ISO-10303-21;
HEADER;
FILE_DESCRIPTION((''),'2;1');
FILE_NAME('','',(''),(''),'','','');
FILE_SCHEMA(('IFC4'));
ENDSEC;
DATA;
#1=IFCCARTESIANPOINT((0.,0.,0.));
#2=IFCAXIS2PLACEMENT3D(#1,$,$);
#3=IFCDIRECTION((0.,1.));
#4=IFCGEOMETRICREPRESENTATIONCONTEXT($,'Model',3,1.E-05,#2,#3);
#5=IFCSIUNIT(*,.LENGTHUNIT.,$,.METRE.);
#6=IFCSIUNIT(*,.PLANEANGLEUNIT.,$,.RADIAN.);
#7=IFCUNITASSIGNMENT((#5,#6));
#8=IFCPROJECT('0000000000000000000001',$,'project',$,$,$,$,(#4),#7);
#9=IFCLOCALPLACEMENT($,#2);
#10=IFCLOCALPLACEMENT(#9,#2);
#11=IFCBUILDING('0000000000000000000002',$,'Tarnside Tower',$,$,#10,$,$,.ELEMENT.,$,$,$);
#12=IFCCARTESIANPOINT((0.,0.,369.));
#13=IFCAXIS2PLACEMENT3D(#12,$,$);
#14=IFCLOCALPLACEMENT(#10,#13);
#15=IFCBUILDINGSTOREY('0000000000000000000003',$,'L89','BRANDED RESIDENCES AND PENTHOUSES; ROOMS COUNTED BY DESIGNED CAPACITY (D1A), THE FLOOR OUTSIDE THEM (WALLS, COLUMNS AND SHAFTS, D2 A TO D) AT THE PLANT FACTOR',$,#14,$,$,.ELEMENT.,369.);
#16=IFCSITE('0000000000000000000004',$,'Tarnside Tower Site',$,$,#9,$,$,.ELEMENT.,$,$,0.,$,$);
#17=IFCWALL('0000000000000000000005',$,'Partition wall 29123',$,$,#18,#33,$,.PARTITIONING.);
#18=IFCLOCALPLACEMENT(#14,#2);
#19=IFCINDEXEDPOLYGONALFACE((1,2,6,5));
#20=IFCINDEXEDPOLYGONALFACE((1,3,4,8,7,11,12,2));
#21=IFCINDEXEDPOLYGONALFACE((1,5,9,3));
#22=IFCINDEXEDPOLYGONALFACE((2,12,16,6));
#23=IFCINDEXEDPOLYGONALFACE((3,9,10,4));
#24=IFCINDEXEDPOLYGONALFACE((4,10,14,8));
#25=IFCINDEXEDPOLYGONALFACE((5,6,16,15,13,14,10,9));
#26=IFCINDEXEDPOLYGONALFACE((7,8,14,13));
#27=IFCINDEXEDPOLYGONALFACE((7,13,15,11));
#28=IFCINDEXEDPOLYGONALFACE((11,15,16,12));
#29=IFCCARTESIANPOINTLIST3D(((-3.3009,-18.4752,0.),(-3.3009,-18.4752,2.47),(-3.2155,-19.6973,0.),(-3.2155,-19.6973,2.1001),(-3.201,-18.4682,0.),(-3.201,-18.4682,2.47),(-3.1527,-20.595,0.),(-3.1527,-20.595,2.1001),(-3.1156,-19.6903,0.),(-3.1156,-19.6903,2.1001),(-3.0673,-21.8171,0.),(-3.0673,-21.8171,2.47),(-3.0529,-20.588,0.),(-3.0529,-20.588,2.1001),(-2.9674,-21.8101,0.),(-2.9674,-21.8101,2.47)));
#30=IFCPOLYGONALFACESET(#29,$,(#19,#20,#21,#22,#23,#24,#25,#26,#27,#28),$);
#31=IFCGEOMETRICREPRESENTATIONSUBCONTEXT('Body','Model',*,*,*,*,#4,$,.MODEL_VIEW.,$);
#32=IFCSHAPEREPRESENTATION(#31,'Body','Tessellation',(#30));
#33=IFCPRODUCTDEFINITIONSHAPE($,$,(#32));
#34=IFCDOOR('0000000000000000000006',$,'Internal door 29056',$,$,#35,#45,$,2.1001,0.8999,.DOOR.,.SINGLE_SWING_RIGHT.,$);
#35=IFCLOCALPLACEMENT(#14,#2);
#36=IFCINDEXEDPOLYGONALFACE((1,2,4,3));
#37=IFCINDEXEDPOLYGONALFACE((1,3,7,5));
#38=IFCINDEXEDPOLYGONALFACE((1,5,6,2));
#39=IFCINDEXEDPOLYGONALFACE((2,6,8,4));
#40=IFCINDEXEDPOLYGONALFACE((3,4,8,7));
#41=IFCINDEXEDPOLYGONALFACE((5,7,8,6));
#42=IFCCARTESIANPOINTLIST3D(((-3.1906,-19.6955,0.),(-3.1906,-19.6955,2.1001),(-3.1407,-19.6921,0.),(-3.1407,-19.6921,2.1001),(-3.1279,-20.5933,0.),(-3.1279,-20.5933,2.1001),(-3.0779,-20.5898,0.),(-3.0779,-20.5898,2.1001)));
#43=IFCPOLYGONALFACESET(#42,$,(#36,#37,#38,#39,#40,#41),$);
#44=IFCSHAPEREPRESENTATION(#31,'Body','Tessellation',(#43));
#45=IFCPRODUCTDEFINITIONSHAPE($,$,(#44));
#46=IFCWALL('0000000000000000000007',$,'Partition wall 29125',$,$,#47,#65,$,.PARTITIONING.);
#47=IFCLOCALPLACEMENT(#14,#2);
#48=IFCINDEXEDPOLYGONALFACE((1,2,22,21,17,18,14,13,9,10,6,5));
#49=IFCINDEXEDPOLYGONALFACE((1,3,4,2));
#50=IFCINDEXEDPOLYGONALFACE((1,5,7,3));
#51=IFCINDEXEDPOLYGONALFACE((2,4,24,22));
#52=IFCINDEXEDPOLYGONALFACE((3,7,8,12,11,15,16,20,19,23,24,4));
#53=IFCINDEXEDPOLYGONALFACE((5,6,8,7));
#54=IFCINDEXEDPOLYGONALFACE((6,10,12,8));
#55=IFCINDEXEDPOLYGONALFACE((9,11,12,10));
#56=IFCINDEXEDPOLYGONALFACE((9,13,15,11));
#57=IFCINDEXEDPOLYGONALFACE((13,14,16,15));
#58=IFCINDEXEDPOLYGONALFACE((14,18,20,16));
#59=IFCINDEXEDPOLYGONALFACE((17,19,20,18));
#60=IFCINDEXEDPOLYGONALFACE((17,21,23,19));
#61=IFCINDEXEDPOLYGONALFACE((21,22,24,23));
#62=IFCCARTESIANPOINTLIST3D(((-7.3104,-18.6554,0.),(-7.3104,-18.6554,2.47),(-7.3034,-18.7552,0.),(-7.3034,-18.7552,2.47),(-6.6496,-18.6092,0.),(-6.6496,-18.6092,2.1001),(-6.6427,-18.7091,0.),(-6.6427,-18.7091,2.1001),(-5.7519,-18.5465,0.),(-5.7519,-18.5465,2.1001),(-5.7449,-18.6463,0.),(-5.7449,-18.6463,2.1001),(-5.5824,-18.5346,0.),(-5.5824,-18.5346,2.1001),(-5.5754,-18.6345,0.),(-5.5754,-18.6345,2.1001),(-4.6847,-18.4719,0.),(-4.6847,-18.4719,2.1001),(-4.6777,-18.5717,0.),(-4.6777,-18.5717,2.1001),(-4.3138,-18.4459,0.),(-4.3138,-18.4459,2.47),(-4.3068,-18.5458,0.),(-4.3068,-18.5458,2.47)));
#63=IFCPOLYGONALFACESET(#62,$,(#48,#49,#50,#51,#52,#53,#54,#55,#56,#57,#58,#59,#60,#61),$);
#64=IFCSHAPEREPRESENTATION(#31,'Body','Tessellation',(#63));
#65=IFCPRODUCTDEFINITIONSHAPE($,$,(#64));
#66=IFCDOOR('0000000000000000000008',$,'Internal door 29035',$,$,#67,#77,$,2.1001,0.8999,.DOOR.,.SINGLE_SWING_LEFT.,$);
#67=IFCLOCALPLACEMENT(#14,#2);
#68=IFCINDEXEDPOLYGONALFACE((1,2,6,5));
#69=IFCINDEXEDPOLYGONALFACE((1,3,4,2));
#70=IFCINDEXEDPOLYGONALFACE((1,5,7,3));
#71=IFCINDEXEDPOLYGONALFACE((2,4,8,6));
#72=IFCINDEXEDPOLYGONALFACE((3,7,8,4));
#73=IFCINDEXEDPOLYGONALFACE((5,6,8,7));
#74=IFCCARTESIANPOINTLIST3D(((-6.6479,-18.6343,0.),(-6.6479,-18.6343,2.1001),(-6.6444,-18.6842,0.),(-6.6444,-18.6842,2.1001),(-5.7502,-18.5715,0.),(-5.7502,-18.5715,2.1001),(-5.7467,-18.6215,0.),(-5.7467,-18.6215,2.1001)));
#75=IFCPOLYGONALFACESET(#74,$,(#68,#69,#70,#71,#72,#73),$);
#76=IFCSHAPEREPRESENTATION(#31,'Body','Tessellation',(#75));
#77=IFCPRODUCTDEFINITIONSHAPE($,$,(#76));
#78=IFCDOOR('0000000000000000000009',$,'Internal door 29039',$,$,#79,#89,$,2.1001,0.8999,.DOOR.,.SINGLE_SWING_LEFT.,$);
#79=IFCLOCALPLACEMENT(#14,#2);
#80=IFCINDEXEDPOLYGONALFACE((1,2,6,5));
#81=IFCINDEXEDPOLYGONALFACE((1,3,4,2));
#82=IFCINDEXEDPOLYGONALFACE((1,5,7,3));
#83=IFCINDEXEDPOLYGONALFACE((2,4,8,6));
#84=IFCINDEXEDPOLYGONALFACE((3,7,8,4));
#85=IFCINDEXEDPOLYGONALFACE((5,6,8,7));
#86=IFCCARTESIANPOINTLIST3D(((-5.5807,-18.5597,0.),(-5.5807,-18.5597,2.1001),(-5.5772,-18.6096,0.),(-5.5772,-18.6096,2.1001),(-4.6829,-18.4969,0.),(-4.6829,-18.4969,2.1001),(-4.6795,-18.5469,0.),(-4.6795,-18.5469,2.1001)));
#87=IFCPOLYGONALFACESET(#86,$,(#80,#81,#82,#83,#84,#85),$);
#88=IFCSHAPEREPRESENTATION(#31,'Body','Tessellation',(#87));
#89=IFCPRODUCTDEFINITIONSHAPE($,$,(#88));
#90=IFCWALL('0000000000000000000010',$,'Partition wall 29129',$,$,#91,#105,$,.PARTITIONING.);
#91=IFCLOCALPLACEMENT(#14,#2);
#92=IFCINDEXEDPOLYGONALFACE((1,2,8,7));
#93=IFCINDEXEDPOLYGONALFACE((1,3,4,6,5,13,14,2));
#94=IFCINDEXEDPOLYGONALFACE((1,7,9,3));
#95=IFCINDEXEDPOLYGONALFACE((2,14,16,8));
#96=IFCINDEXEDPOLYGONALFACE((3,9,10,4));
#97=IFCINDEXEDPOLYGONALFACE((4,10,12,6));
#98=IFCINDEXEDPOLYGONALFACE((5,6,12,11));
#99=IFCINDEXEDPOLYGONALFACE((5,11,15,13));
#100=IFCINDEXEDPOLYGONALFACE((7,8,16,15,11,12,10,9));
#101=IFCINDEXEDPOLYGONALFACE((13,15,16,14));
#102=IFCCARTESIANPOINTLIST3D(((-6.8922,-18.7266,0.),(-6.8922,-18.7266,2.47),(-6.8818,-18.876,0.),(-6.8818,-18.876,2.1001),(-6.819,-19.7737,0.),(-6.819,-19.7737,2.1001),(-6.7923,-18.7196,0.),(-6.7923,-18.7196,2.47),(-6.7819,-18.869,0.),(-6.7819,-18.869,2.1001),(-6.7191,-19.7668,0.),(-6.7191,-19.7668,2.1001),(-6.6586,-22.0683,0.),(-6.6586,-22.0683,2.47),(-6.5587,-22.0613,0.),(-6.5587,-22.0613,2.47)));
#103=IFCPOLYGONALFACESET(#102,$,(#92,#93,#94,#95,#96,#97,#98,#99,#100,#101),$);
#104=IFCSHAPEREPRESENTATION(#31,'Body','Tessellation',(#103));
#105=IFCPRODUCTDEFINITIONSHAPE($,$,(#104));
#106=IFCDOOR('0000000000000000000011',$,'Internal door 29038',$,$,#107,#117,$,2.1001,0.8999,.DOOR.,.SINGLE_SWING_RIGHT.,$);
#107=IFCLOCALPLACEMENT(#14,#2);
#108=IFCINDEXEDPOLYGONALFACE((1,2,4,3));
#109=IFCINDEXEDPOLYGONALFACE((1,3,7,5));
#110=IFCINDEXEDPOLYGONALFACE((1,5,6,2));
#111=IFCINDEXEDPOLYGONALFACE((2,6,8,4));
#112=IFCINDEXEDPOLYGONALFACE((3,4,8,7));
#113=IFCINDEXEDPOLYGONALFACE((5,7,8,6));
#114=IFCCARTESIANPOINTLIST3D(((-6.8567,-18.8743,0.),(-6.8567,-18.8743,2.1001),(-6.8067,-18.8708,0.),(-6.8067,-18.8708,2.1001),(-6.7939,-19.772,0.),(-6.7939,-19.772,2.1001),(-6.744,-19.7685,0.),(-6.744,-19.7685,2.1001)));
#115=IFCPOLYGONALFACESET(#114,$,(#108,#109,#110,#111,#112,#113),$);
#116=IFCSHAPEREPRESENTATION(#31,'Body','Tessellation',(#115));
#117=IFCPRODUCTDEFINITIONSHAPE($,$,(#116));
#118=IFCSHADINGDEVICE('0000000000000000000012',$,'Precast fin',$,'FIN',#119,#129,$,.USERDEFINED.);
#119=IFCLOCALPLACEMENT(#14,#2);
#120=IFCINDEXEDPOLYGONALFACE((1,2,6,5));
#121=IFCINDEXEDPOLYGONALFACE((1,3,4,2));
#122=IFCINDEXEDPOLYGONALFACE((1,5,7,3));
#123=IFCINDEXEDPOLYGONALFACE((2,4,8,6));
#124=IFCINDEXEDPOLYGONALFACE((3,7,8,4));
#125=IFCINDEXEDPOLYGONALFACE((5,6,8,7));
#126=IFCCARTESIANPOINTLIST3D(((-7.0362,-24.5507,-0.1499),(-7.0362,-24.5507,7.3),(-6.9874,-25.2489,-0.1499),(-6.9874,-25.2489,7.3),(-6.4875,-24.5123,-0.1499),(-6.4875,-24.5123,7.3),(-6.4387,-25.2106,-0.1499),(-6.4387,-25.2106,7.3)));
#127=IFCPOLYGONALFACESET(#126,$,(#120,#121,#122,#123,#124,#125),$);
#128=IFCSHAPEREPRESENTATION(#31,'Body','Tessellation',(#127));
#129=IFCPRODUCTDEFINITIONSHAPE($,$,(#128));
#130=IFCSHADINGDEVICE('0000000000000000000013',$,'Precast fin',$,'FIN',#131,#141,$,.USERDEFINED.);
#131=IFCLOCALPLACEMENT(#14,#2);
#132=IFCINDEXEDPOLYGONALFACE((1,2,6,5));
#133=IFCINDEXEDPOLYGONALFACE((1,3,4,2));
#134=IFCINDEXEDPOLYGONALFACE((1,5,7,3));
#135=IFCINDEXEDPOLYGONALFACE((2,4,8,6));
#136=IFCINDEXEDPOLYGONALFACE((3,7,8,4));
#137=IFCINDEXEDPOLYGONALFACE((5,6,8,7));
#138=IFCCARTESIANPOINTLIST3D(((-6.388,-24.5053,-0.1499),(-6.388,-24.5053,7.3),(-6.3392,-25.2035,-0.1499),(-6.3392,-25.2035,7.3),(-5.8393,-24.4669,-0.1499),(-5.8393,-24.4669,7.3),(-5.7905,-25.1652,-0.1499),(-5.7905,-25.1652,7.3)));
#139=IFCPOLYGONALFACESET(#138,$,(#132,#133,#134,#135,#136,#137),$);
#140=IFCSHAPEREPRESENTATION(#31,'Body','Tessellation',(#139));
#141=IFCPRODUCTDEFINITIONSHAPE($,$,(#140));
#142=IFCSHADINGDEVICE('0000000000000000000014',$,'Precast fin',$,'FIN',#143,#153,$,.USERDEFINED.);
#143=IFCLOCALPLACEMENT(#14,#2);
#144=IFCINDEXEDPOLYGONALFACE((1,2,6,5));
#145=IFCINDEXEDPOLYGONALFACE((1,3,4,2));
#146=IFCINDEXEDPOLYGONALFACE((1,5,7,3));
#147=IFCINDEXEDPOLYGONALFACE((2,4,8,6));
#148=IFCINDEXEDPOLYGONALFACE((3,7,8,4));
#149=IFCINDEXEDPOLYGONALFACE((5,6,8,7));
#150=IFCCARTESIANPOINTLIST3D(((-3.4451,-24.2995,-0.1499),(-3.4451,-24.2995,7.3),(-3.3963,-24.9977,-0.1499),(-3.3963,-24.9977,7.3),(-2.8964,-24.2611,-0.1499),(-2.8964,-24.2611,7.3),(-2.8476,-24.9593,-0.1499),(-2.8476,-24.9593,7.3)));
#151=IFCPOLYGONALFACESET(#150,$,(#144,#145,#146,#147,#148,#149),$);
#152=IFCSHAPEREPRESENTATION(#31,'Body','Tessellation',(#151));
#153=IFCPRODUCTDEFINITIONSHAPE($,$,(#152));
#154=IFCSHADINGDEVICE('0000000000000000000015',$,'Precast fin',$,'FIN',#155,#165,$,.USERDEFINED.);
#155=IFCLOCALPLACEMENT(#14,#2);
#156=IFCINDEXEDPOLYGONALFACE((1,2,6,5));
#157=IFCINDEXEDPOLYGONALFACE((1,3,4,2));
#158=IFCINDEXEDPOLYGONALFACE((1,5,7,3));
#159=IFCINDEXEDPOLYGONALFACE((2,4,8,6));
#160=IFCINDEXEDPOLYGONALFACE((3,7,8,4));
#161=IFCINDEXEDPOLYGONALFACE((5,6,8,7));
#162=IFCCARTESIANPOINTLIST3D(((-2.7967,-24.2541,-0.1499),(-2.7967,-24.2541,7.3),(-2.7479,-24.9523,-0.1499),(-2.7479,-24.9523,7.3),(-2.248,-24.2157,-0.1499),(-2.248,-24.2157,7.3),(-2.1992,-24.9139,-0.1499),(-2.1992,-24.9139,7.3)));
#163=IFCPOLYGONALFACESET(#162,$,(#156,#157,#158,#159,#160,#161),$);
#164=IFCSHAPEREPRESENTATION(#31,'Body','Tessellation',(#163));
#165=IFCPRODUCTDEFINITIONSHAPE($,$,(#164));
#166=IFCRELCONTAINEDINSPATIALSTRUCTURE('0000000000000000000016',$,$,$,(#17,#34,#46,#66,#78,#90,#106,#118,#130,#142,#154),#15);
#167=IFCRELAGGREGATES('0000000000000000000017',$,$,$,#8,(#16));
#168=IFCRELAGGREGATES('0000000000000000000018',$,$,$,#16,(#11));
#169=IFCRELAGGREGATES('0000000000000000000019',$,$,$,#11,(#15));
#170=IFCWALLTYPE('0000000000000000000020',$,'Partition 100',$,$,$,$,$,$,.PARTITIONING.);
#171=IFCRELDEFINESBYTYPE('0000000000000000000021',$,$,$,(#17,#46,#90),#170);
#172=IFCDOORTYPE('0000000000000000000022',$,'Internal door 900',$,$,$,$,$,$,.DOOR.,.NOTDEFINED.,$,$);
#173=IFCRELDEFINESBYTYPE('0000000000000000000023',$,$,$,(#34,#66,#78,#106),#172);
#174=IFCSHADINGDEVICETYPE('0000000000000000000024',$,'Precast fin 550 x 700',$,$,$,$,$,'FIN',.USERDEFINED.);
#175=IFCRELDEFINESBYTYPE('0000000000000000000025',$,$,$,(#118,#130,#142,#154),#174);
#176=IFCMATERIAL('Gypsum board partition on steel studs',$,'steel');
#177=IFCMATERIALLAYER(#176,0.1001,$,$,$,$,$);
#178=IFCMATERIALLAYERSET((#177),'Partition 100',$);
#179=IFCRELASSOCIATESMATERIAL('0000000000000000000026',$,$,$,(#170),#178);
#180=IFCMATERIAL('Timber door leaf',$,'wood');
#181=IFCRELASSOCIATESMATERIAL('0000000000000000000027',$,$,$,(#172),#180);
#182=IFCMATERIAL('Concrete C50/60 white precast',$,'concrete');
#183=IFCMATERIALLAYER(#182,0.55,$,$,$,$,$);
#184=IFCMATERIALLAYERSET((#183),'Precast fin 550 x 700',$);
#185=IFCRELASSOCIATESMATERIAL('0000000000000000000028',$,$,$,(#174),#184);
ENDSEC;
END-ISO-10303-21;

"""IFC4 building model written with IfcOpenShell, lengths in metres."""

from ifc_helpers import new_model, si_unit, direction, frame, frame_2d, origin, place, context, subcontext, project, spatial, polyline, rectangle, outline, extrude, material, layer, layer_set, type_object, element, fill, save


model = new_model("IFC4")

# Units and contexts
model_context = context("Model", 3, precision=1e-05, world=origin(), true_north=direction((0.0, 1.0)))
body_context = subcontext(model_context, "Body", "Model", "MODEL_VIEW")
ifc_project = project(units=[si_unit("LENGTHUNIT", "METRE"), si_unit("PLANEANGLEUNIT", "RADIAN")], contexts=[model_context])

# Site, building, storey
site_placement = place(None, origin())
site = spatial("IfcSite", under=ifc_project, at=site_placement, Name="Tarnside Tower Site", CompositionType="ELEMENT", RefElevation=0.0)
building_placement = place(site_placement, origin())
building = spatial("IfcBuilding", under=site, at=building_placement, Name="Tarnside Tower", CompositionType="ELEMENT")
storey_placement = place(building_placement, frame((0.0, 0.0, 369.0)))
storey = spatial("IfcBuildingStorey", under=building, at=storey_placement, Name="L89", Description="BRANDED RESIDENCES AND PENTHOUSES; ROOMS COUNTED BY DESIGNED CAPACITY (D1A), THE FLOOR OUTSIDE THEM (WALLS, COLUMNS AND SHAFTS, D2 A TO D) AT THE PLANT FACTOR", CompositionType="ELEMENT", Elevation=369.0)

# Shared definitions
ifc_material_1 = material(Name="Gypsum board partition on steel studs", Category="steel")

# Wall, opening, door
ifc_layer_1 = layer(ifc_material_1, 0.1001)
ifc_layer_set_1 = layer_set([ifc_layer_1], Name="Partition 100")
wall_type_1 = type_object("IfcWallType", Name="Partition 100", PredefinedType="PARTITIONING", material=ifc_layer_set_1)
wall_1_placement = place(storey_placement, frame((-3.251, -18.4717, 0.0), z_axis=(0.0, 0.0, 1.0), x_axis=(0.06974, -0.997565, 0.0)))
wall_1 = element("IfcWall", 1, at=wall_1_placement, inside=storey, type_object=wall_type_1, Name="Partition wall 29123", PredefinedType="PARTITIONING", context=body_context, shape_type="SweptSolid", body=[
    extrude(rectangle(XDim=3.3501, YDim=0.1001, at=frame_2d((1.675, 0.0))), origin(), (0.0, 0.0, 1.0), 2.47),
])
opening_1_placement = place(wall_1_placement, frame((1.2251, 0.0, 0.0)))
opening_1 = element("IfcOpeningElement", 2, at=opening_1_placement, cuts=wall_1, PredefinedType="OPENING", context=body_context, shape_type="SweptSolid", body=[
    extrude(rectangle(XDim=0.8999, YDim=2.1001, at=frame_2d((0.45, 1.05))), frame((0.0, 0.0601, 0.0), z_axis=(0.0, -1.0, 0.0), x_axis=(1.0, 0.0, 0.0)), (0.0, 0.0, 1.0), 0.1201),
])
ifc_material_2 = material(Name="Timber door leaf", Category="wood")
door_type = type_object("IfcDoorType", Name="Internal door 900", OperationType="NOTDEFINED", PredefinedType="DOOR", material=ifc_material_2)
door_1_placement = place(opening_1_placement, origin())
door_1 = element("IfcDoor", 3, at=door_1_placement, inside=storey, type_object=door_type, Name="Internal door 29056", OperationType="SINGLE_SWING_RIGHT", OverallHeight=2.1001, OverallWidth=0.8999, PredefinedType="DOOR", context=body_context, shape_type="SweptSolid", body=[
    extrude(rectangle(XDim=0.8999, YDim=2.1001, at=frame_2d((0.45, 1.05))), frame((0.0, 0.0249, 0.0), z_axis=(0.0, -1.0, 0.0), x_axis=(1.0, 0.0, 0.0)), (0.0, 0.0, 1.0), 0.05),
])
fill(opening_1, door_1)

# Wall, openings, doors
wall_2_placement = place(storey_placement, frame((-7.3069, -18.7053, 0.0), z_axis=(0.0, 0.0, 1.0), x_axis=(0.997566, 0.069734, 0.0)))
wall_2 = element("IfcWall", 4, at=wall_2_placement, inside=storey, type_object=wall_type_1, Name="Partition wall 29125", PredefinedType="PARTITIONING", context=body_context, shape_type="SweptSolid", body=[
    extrude(rectangle(XDim=3.0039, YDim=0.1001, at=frame_2d((1.502, 0.0))), origin(), (0.0, 0.0, 1.0), 2.47),
])
opening_2_placement = place(wall_2_placement, frame((0.6624, 0.0, 0.0)))
opening_2 = element("IfcOpeningElement", 5, at=opening_2_placement, cuts=wall_2, PredefinedType="OPENING", context=body_context, shape_type="SweptSolid", body=[
    extrude(rectangle(XDim=0.8999, YDim=2.1001, at=frame_2d((0.45, 1.05))), frame((0.0, 0.0601, 0.0), z_axis=(0.0, -1.0, 0.0), x_axis=(1.0, 0.0, 0.0)), (0.0, 0.0, 1.0), 0.1201),
])
opening_3_placement = place(wall_2_placement, frame((1.7322, 0.0, 0.0)))
opening_3 = element("IfcOpeningElement", 6, at=opening_3_placement, cuts=wall_2, PredefinedType="OPENING", context=body_context, shape_type="SweptSolid", body=[
    extrude(rectangle(XDim=0.8999, YDim=2.1001, at=frame_2d((0.45, 1.05))), frame((0.0, 0.0601, 0.0), z_axis=(0.0, -1.0, 0.0), x_axis=(1.0, 0.0, 0.0)), (0.0, 0.0, 1.0), 0.1201),
])
door_2_placement = place(opening_2_placement, origin())
door_2 = element("IfcDoor", 7, at=door_2_placement, inside=storey, type_object=door_type, Name="Internal door 29035", OperationType="SINGLE_SWING_LEFT", OverallHeight=2.1001, OverallWidth=0.8999, PredefinedType="DOOR", context=body_context, shape_type="SweptSolid", body=[
    extrude(rectangle(XDim=0.8999, YDim=2.1001, at=frame_2d((0.45, 1.05))), frame((0.0, 0.0249, 0.0), z_axis=(0.0, -1.0, 0.0), x_axis=(1.0, 0.0, 0.0)), (0.0, 0.0, 1.0), 0.05),
])
fill(opening_2, door_2)
door_3_placement = place(opening_3_placement, origin())
door_3 = element("IfcDoor", 8, at=door_3_placement, inside=storey, type_object=door_type, Name="Internal door 29039", OperationType="SINGLE_SWING_LEFT", OverallHeight=2.1001, OverallWidth=0.8999, PredefinedType="DOOR", context=body_context, shape_type="SweptSolid", body=[
    extrude(rectangle(XDim=0.8999, YDim=2.1001, at=frame_2d((0.45, 1.05))), frame((0.0, 0.0249, 0.0), z_axis=(0.0, -1.0, 0.0), x_axis=(1.0, 0.0, 0.0)), (0.0, 0.0, 1.0), 0.05),
])
fill(opening_3, door_3)

# Wall, opening, door
wall_3_placement = place(storey_placement, frame((-6.6086, -22.0647, 0.0), z_axis=(0.0, 0.0, 1.0), x_axis=(-0.069745, 0.997565, 0.0)))
wall_3 = element("IfcWall", 9, at=wall_3_placement, inside=storey, type_object=wall_type_1, Name="Partition wall 29129", PredefinedType="PARTITIONING", context=body_context, shape_type="SweptSolid", body=[
    extrude(rectangle(XDim=3.3499, YDim=0.1001, at=frame_2d((1.6748, 0.0))), origin(), (0.0, 0.0, 1.0), 2.47),
])
opening_4_placement = place(wall_3_placement, frame((2.3, 0.0, 0.0)))
opening_4 = element("IfcOpeningElement", 10, at=opening_4_placement, cuts=wall_3, PredefinedType="OPENING", context=body_context, shape_type="SweptSolid", body=[
    extrude(rectangle(XDim=0.8999, YDim=2.1001, at=frame_2d((0.45, 1.05))), frame((0.0, 0.0601, 0.0), z_axis=(0.0, -1.0, 0.0), x_axis=(1.0, 0.0, 0.0)), (0.0, 0.0, 1.0), 0.1201),
])
door_4_placement = place(opening_4_placement, origin())
door_4 = element("IfcDoor", 11, at=door_4_placement, inside=storey, type_object=door_type, Name="Internal door 29038", OperationType="SINGLE_SWING_RIGHT", OverallHeight=2.1001, OverallWidth=0.8999, PredefinedType="DOOR", context=body_context, shape_type="SweptSolid", body=[
    extrude(rectangle(XDim=0.8999, YDim=2.1001, at=frame_2d((0.45, 1.05))), frame((0.0, 0.0249, 0.0), z_axis=(0.0, -1.0, 0.0), x_axis=(1.0, 0.0, 0.0)), (0.0, 0.0, 1.0), 0.05),
])
fill(opening_4, door_4)

# Shading devices
ifc_material_3 = material(Name="Concrete C50/60 white precast", Category="concrete")
ifc_layer_2 = layer(ifc_material_3, 0.55)
ifc_layer_set_2 = layer_set([ifc_layer_2], Name="Precast fin 550 x 700")
shading_device_type = type_object("IfcShadingDeviceType", Name="Precast fin 550 x 700", ElementType="FIN", PredefinedType="USERDEFINED", material=ifc_layer_set_2)
for number, where, z_axis, x_axis, name in (
    (12, (-6.7617, -24.5315, -0.1499), (-0.997564, -0.069756, 0.0), (0.069756, -0.997564, 0.0), "Precast fin"),
    (13, (-6.1135, -24.4861, -0.1499), (-0.997564, -0.069756, 0.0), (0.069756, -0.997564, 0.0), "Precast fin"),
    (14, (-3.1707, -24.2803, -0.1499), (-0.997564, -0.069756, 0.0), (0.069756, -0.997564, 0.0), "Precast fin"),
    (15, (-2.5222, -24.2349, -0.1499), (-0.997564, -0.069756, 0.0), (0.069756, -0.997564, 0.0), "Precast fin"),
):
    element("IfcShadingDevice", number, at=place(storey_placement, frame(where, z_axis=z_axis, x_axis=x_axis)), inside=storey, type_object=shading_device_type, Name=name, ObjectType="FIN", PredefinedType="USERDEFINED", context=body_context, shape_type="SweptSolid", body=[
        extrude(outline(polyline([(0.0, 0.0), (0.7, 0.0), (0.7, 7.45), (0.0, 7.45), (0.0, 0.0)])), frame((0.0, 0.0, -0.2749)), (0.0, 0.0, 1.0), 0.55),
    ])

save(model, "model.ifc")
